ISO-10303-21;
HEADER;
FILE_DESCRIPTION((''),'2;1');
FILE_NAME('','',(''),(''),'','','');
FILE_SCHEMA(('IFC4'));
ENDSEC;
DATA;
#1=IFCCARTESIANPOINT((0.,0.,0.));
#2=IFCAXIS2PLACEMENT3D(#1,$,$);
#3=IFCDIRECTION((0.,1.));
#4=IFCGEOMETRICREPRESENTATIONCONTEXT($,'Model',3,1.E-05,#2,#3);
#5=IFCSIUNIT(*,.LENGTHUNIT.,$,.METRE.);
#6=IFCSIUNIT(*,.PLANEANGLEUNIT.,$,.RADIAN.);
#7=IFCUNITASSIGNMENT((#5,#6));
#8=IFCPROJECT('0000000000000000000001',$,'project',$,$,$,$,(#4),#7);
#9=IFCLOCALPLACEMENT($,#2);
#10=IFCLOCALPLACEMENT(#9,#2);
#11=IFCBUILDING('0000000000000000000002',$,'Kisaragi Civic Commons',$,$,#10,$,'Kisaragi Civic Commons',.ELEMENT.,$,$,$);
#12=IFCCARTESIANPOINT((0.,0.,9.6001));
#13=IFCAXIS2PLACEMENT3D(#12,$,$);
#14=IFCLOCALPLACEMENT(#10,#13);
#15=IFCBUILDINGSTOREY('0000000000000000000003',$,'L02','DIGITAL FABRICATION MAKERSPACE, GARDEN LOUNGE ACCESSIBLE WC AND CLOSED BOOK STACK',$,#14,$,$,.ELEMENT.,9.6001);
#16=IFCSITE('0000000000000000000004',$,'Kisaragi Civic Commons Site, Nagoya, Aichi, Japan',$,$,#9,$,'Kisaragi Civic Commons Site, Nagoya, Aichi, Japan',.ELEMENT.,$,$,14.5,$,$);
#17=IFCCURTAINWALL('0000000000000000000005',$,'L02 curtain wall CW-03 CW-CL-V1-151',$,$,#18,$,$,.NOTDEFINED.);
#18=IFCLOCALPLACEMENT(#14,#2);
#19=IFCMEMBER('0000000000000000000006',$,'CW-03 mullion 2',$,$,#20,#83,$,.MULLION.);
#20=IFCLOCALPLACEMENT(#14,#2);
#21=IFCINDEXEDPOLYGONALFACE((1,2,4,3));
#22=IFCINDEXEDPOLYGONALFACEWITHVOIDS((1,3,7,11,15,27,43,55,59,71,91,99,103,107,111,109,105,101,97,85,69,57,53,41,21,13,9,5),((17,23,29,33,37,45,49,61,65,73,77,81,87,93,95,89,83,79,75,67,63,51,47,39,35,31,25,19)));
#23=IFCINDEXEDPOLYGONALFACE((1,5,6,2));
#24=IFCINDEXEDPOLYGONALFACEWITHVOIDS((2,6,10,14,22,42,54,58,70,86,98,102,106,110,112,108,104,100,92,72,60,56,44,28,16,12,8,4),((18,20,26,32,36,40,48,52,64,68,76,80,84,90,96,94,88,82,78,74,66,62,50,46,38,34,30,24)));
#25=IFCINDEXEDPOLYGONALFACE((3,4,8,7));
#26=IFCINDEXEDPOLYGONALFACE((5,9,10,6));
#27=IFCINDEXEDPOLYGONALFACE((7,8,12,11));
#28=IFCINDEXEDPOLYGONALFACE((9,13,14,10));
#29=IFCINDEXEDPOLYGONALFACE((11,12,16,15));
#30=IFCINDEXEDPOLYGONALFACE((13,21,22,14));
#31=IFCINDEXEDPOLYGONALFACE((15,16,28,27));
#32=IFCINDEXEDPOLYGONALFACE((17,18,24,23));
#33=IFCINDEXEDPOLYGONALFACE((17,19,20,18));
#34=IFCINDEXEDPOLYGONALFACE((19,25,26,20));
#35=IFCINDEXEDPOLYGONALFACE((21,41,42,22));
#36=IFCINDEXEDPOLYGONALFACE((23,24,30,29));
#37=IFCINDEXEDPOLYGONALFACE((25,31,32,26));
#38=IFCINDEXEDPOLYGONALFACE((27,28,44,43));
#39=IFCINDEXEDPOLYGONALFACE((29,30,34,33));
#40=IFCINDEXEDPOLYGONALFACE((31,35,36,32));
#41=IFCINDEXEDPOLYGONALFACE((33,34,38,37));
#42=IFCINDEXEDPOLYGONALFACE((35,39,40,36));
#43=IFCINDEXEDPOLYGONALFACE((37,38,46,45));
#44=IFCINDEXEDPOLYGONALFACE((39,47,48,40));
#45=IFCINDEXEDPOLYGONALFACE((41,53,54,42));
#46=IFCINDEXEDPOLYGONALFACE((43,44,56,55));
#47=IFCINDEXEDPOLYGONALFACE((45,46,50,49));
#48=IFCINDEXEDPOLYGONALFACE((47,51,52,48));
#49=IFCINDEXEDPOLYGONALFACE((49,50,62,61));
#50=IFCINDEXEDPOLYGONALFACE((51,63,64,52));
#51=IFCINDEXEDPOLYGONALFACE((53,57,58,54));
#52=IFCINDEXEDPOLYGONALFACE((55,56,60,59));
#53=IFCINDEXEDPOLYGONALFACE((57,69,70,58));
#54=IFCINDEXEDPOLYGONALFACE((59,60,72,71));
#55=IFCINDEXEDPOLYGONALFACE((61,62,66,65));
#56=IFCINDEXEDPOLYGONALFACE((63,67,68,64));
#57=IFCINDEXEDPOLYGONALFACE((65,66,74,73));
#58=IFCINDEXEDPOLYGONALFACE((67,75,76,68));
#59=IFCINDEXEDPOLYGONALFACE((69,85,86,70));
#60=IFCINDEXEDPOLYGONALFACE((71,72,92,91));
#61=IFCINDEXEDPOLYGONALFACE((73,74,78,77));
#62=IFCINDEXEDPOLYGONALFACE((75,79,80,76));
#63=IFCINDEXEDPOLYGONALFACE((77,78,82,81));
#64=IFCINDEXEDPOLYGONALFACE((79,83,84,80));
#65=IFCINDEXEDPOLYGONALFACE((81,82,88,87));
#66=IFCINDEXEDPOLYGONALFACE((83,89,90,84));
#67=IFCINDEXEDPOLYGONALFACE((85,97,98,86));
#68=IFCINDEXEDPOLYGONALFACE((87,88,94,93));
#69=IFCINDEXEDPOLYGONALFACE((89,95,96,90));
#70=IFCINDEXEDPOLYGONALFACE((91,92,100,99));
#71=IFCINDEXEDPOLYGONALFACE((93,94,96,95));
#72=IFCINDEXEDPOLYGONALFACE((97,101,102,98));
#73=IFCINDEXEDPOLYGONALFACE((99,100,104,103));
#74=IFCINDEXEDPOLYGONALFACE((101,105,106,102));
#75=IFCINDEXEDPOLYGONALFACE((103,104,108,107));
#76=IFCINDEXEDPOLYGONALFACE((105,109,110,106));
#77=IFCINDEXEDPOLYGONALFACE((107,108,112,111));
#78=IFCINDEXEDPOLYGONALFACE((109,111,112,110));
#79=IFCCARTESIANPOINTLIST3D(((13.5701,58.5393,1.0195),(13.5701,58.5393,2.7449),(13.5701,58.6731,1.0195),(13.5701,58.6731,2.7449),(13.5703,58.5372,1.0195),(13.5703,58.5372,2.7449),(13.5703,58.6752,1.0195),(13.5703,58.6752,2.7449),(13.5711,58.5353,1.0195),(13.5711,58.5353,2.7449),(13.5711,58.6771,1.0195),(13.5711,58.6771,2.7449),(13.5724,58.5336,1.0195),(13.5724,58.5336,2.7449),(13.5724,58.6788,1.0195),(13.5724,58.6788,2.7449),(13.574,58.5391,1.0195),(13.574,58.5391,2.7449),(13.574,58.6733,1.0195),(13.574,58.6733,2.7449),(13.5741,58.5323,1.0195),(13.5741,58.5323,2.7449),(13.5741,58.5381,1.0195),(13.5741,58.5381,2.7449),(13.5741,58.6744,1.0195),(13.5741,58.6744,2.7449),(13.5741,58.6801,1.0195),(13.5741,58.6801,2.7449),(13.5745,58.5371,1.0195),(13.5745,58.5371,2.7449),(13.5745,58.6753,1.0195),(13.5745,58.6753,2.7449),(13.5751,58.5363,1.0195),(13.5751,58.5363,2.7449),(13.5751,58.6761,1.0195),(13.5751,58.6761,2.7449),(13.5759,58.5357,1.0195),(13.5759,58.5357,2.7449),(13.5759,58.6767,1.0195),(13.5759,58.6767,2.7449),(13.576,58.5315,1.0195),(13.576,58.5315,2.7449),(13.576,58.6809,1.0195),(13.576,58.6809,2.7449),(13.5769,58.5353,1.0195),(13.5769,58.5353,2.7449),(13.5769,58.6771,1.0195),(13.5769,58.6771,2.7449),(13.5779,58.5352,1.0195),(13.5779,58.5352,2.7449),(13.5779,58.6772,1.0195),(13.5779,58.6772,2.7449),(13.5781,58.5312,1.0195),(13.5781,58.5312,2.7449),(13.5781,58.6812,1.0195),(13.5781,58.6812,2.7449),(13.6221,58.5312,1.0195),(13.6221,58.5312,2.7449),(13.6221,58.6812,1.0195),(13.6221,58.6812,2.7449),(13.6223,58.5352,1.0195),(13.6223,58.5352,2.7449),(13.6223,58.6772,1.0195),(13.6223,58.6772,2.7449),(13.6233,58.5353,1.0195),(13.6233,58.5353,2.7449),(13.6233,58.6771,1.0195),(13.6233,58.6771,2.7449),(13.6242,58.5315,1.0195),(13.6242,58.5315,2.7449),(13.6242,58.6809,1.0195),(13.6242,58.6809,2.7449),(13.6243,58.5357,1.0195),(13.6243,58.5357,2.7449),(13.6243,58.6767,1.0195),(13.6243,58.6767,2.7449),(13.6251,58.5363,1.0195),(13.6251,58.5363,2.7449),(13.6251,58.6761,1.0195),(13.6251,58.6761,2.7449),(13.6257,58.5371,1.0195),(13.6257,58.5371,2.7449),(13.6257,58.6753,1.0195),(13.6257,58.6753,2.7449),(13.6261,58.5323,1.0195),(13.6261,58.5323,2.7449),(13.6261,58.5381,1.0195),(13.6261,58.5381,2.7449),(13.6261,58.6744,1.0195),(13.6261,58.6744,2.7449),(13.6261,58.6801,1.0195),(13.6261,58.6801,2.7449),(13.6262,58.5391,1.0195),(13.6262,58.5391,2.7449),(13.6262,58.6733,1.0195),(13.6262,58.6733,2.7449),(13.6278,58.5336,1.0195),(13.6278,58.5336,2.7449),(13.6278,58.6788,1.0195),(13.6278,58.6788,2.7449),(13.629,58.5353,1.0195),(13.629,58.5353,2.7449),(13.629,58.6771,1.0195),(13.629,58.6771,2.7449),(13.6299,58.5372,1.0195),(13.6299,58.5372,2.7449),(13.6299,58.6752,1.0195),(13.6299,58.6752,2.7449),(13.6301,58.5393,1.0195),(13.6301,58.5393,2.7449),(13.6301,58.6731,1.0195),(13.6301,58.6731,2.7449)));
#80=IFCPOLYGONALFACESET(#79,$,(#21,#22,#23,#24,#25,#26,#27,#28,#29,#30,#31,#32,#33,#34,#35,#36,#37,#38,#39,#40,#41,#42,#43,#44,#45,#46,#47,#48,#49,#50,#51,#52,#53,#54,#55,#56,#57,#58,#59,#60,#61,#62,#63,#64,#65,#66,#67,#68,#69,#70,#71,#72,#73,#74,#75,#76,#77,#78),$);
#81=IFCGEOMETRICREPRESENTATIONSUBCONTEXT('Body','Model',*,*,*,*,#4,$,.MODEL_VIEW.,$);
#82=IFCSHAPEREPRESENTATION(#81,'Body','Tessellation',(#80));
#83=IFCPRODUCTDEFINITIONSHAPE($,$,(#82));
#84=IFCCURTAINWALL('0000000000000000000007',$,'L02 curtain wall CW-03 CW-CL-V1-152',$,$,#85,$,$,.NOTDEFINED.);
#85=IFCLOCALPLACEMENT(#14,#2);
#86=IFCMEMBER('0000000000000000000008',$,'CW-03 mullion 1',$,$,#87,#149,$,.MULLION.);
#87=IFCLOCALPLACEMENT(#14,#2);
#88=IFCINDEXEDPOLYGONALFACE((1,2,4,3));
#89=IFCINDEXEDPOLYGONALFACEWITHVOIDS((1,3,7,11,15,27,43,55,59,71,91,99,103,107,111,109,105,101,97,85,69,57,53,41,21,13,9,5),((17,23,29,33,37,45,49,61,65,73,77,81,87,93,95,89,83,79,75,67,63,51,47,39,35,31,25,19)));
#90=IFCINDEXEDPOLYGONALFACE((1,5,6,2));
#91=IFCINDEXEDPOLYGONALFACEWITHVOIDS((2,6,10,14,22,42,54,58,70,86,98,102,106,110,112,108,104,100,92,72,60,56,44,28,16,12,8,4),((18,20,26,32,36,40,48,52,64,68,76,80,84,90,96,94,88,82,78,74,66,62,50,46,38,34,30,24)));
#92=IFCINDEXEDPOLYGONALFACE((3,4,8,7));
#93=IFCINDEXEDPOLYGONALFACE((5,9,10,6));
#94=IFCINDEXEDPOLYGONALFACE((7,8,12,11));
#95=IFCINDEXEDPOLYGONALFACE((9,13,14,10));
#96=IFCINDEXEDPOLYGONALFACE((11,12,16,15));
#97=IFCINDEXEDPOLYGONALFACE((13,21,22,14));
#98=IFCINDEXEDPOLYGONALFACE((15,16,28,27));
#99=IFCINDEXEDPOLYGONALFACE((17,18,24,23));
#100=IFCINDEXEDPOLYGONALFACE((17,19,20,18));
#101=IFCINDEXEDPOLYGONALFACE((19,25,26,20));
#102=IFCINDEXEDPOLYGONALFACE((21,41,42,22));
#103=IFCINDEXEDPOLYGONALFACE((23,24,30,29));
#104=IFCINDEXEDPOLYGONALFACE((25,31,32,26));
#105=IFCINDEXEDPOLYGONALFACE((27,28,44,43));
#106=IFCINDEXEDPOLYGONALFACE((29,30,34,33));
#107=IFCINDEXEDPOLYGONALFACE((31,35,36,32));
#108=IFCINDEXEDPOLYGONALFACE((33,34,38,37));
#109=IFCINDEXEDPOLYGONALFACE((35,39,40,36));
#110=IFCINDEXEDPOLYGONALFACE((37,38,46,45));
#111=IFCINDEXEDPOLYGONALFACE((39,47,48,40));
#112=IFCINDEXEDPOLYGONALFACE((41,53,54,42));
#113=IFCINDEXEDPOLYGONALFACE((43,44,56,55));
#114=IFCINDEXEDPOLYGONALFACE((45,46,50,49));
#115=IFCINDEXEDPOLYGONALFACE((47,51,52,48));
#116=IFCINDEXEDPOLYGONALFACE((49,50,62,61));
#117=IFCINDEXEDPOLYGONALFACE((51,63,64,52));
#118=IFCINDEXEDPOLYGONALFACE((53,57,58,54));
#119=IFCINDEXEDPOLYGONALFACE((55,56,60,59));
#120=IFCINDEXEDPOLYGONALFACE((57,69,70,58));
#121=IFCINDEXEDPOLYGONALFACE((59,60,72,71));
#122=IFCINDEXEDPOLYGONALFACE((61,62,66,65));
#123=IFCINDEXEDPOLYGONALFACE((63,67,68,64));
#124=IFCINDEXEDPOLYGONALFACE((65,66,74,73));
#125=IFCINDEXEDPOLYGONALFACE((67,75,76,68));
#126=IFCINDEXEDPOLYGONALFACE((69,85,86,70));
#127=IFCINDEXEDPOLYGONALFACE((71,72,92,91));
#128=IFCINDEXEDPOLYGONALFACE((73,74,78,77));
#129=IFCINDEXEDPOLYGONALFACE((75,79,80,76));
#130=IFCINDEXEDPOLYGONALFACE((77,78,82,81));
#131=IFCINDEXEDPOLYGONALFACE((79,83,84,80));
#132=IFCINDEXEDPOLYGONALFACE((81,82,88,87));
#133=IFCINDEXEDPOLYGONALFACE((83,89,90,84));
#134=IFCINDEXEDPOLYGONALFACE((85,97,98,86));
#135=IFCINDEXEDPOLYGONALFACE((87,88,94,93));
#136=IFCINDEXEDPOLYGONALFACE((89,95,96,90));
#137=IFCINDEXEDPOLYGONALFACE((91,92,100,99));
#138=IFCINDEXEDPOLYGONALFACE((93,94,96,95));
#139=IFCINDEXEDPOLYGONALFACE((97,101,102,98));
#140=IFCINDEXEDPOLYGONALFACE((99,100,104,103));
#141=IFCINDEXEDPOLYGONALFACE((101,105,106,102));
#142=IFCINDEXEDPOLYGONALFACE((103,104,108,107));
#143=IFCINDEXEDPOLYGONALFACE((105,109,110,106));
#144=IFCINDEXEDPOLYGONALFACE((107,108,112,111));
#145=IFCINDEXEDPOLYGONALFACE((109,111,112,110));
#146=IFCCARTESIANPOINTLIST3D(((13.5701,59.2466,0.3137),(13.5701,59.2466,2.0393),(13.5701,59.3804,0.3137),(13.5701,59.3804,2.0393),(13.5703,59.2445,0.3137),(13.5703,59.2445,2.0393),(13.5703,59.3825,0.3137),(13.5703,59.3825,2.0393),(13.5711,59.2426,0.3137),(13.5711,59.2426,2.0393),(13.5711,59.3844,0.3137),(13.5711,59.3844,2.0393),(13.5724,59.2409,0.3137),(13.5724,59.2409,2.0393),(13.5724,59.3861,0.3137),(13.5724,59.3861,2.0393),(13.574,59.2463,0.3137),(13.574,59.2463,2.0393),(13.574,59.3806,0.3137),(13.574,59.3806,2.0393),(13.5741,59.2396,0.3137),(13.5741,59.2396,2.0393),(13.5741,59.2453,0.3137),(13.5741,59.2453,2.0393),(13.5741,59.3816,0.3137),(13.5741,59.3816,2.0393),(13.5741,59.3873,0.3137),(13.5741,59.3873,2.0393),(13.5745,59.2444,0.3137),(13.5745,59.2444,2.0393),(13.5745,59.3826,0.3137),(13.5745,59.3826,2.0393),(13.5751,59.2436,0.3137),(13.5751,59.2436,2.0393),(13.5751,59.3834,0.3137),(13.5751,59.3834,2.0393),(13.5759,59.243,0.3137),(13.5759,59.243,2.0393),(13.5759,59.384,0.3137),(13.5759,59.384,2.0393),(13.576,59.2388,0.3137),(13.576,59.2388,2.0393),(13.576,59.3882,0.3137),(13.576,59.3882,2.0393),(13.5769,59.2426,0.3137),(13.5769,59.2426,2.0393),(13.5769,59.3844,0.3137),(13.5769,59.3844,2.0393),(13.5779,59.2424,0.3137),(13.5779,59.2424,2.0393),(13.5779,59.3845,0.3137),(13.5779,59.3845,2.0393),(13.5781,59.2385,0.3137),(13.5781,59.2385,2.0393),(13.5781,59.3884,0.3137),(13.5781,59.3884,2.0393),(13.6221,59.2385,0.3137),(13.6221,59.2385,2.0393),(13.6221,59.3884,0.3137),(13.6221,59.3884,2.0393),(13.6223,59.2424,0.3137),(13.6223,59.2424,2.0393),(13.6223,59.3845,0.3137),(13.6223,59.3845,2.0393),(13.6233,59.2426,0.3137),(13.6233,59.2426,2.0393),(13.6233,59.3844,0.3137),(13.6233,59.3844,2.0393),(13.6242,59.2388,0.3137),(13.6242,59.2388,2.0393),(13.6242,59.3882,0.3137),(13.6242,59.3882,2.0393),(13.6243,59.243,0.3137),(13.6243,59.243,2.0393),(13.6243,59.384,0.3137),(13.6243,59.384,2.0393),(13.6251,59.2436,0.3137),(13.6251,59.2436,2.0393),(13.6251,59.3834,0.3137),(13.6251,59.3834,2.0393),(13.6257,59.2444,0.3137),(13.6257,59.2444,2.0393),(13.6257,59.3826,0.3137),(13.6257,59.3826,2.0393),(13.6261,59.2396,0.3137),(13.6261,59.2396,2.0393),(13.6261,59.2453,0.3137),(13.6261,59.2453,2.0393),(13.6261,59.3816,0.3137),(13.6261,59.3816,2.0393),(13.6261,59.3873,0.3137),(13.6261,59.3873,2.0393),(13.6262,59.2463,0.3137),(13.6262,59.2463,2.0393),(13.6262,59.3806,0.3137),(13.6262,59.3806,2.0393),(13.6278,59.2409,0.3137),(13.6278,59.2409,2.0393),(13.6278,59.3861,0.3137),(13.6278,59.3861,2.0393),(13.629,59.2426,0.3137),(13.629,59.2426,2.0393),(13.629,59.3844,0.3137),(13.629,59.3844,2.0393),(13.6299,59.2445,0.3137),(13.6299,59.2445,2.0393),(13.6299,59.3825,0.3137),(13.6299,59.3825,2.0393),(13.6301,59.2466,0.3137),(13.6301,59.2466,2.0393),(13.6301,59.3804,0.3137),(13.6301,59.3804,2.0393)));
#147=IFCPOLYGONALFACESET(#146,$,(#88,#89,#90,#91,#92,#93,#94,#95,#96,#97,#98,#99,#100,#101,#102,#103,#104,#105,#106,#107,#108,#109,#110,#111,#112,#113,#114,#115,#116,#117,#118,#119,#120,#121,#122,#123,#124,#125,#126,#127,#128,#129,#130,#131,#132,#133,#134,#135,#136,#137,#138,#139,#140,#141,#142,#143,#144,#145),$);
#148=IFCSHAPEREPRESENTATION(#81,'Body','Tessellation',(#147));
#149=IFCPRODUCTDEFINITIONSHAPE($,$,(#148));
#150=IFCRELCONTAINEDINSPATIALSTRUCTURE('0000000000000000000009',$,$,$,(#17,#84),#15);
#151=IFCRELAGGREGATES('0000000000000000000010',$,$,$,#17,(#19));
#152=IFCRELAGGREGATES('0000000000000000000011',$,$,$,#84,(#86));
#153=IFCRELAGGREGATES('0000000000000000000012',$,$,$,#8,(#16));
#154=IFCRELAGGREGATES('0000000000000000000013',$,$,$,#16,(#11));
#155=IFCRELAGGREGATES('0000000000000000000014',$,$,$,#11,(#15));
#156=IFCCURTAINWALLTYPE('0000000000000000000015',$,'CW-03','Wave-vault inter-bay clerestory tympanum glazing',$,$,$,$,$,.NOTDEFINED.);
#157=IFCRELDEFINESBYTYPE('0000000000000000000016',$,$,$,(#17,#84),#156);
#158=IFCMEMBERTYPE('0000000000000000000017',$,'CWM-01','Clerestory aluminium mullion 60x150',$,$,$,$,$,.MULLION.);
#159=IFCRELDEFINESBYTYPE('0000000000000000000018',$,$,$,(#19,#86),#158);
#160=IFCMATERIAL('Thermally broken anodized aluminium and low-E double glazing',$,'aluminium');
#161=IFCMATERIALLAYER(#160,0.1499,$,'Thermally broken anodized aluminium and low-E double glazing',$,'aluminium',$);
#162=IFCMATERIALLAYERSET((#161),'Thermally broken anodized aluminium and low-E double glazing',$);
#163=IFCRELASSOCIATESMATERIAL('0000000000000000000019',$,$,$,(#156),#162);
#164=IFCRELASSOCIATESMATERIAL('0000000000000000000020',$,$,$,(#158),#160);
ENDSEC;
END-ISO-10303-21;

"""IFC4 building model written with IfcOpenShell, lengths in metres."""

from ifc_helpers import new_model, si_unit, direction, frame, origin, origin_2d, place, context, subcontext, project, spatial, hollow_rectangle, extrude, material, layer, layer_set, material_profile, profile_set, type_object, element, aggregate, save


model = new_model("IFC4")

# Units and contexts
model_context = context("Model", 3, precision=1e-05, world=origin(), true_north=direction((0.0, 1.0)))
body_context = subcontext(model_context, "Body", "Model", "MODEL_VIEW")
ifc_project = project(units=[si_unit("LENGTHUNIT", "METRE"), si_unit("PLANEANGLEUNIT", "RADIAN")], contexts=[model_context])

# Site, building, storey
site_placement = place(None, origin())
site = spatial("IfcSite", under=ifc_project, at=site_placement, Name="Kisaragi Civic Commons Site, Nagoya, Aichi, Japan", LongName="Kisaragi Civic Commons Site, Nagoya, Aichi, Japan", CompositionType="ELEMENT", RefElevation=14.5)
building_placement = place(site_placement, origin())
building = spatial("IfcBuilding", under=site, at=building_placement, Name="Kisaragi Civic Commons", LongName="Kisaragi Civic Commons", CompositionType="ELEMENT")
storey_placement = place(building_placement, frame((0.0, 0.0, 9.6001)))
storey = spatial("IfcBuildingStorey", under=building, at=storey_placement, Name="L02", Description="DIGITAL FABRICATION MAKERSPACE, GARDEN LOUNGE ACCESSIBLE WC AND CLOSED BOOK STACK", CompositionType="ELEMENT", Elevation=9.6001)

# Curtain walls, members
ifc_material_1 = material(Name="Thermally broken anodized aluminium and low-E double glazing", Category="aluminium")
ifc_layer_1 = layer(ifc_material_1, 0.1499, Name="Thermally broken anodized aluminium and low-E double glazing", Category="aluminium")
ifc_layer_set_1 = layer_set([ifc_layer_1], Name="Thermally broken anodized aluminium and low-E double glazing")
curtain_wall_type_1 = type_object("IfcCurtainWallType", Name="CW-03", Description="Wave-vault inter-bay clerestory tympanum glazing", PredefinedType="NOTDEFINED", material=ifc_layer_set_1)
curtain_wall_1_placement = place(storey_placement, origin())
curtain_wall_1 = element("IfcCurtainWall", 1, at=curtain_wall_1_placement, inside=storey, type_object=curtain_wall_type_1, Name="L02 curtain wall CW-03 CW-CL-V1-151", PredefinedType="NOTDEFINED")
ifc_material_profile_1 = material_profile(ifc_material_1, hollow_rectangle(XDim=0.0601, YDim=0.1499, WallThickness=0.0039, InnerFilletRadius=0.0039, OuterFilletRadius=0.0081, at=origin_2d()), Name="CWM-60x150x4", Category="aluminium")
ifc_profile_set_1 = profile_set([ifc_material_profile_1], Name="Thermally broken anodized aluminium and low-E double glazing")
member_type_1 = type_object("IfcMemberType", Name="CWM-01", Description="Clerestory aluminium mullion 60x150", PredefinedType="MULLION", material=ifc_profile_set_1)
member_1_placement = place(storey_placement, frame((13.6001, 58.6062, 1.0195), z_axis=(0.0, 0.0, 1.0), x_axis=(-1.0, 0.0, 0.0)))
member_1 = element("IfcMember", 2, at=member_1_placement, type_object=member_type_1, Name="CW-03 mullion 2", PredefinedType="MULLION", context=body_context, shape_type="SweptSolid", body=[
    extrude(hollow_rectangle(XDim=0.0601, YDim=0.1499, WallThickness=0.0039, InnerFilletRadius=0.0039, OuterFilletRadius=0.0081, at=origin_2d()), origin(), (0.0, 0.0, 1.0), 1.7253),
])
aggregate(curtain_wall_1, [member_1])
curtain_wall_2_placement = place(storey_placement, origin())
curtain_wall_2 = element("IfcCurtainWall", 3, at=curtain_wall_2_placement, inside=storey, type_object=curtain_wall_type_1, Name="L02 curtain wall CW-03 CW-CL-V1-152", PredefinedType="NOTDEFINED")
member_2_placement = place(storey_placement, frame((13.6001, 59.3135, 0.3137), z_axis=(0.0, 0.0, 1.0), x_axis=(-1.0, 0.0, 0.0)))
member_2 = element("IfcMember", 4, at=member_2_placement, type_object=member_type_1, Name="CW-03 mullion 1", PredefinedType="MULLION", context=body_context, shape_type="SweptSolid", body=[
    extrude(hollow_rectangle(XDim=0.0601, YDim=0.1499, WallThickness=0.0039, InnerFilletRadius=0.0039, OuterFilletRadius=0.0081, at=origin_2d()), origin(), (0.0, 0.0, 1.0), 1.7256),
])

aggregate(curtain_wall_2, [member_2])

save(model, "model.ifc")
